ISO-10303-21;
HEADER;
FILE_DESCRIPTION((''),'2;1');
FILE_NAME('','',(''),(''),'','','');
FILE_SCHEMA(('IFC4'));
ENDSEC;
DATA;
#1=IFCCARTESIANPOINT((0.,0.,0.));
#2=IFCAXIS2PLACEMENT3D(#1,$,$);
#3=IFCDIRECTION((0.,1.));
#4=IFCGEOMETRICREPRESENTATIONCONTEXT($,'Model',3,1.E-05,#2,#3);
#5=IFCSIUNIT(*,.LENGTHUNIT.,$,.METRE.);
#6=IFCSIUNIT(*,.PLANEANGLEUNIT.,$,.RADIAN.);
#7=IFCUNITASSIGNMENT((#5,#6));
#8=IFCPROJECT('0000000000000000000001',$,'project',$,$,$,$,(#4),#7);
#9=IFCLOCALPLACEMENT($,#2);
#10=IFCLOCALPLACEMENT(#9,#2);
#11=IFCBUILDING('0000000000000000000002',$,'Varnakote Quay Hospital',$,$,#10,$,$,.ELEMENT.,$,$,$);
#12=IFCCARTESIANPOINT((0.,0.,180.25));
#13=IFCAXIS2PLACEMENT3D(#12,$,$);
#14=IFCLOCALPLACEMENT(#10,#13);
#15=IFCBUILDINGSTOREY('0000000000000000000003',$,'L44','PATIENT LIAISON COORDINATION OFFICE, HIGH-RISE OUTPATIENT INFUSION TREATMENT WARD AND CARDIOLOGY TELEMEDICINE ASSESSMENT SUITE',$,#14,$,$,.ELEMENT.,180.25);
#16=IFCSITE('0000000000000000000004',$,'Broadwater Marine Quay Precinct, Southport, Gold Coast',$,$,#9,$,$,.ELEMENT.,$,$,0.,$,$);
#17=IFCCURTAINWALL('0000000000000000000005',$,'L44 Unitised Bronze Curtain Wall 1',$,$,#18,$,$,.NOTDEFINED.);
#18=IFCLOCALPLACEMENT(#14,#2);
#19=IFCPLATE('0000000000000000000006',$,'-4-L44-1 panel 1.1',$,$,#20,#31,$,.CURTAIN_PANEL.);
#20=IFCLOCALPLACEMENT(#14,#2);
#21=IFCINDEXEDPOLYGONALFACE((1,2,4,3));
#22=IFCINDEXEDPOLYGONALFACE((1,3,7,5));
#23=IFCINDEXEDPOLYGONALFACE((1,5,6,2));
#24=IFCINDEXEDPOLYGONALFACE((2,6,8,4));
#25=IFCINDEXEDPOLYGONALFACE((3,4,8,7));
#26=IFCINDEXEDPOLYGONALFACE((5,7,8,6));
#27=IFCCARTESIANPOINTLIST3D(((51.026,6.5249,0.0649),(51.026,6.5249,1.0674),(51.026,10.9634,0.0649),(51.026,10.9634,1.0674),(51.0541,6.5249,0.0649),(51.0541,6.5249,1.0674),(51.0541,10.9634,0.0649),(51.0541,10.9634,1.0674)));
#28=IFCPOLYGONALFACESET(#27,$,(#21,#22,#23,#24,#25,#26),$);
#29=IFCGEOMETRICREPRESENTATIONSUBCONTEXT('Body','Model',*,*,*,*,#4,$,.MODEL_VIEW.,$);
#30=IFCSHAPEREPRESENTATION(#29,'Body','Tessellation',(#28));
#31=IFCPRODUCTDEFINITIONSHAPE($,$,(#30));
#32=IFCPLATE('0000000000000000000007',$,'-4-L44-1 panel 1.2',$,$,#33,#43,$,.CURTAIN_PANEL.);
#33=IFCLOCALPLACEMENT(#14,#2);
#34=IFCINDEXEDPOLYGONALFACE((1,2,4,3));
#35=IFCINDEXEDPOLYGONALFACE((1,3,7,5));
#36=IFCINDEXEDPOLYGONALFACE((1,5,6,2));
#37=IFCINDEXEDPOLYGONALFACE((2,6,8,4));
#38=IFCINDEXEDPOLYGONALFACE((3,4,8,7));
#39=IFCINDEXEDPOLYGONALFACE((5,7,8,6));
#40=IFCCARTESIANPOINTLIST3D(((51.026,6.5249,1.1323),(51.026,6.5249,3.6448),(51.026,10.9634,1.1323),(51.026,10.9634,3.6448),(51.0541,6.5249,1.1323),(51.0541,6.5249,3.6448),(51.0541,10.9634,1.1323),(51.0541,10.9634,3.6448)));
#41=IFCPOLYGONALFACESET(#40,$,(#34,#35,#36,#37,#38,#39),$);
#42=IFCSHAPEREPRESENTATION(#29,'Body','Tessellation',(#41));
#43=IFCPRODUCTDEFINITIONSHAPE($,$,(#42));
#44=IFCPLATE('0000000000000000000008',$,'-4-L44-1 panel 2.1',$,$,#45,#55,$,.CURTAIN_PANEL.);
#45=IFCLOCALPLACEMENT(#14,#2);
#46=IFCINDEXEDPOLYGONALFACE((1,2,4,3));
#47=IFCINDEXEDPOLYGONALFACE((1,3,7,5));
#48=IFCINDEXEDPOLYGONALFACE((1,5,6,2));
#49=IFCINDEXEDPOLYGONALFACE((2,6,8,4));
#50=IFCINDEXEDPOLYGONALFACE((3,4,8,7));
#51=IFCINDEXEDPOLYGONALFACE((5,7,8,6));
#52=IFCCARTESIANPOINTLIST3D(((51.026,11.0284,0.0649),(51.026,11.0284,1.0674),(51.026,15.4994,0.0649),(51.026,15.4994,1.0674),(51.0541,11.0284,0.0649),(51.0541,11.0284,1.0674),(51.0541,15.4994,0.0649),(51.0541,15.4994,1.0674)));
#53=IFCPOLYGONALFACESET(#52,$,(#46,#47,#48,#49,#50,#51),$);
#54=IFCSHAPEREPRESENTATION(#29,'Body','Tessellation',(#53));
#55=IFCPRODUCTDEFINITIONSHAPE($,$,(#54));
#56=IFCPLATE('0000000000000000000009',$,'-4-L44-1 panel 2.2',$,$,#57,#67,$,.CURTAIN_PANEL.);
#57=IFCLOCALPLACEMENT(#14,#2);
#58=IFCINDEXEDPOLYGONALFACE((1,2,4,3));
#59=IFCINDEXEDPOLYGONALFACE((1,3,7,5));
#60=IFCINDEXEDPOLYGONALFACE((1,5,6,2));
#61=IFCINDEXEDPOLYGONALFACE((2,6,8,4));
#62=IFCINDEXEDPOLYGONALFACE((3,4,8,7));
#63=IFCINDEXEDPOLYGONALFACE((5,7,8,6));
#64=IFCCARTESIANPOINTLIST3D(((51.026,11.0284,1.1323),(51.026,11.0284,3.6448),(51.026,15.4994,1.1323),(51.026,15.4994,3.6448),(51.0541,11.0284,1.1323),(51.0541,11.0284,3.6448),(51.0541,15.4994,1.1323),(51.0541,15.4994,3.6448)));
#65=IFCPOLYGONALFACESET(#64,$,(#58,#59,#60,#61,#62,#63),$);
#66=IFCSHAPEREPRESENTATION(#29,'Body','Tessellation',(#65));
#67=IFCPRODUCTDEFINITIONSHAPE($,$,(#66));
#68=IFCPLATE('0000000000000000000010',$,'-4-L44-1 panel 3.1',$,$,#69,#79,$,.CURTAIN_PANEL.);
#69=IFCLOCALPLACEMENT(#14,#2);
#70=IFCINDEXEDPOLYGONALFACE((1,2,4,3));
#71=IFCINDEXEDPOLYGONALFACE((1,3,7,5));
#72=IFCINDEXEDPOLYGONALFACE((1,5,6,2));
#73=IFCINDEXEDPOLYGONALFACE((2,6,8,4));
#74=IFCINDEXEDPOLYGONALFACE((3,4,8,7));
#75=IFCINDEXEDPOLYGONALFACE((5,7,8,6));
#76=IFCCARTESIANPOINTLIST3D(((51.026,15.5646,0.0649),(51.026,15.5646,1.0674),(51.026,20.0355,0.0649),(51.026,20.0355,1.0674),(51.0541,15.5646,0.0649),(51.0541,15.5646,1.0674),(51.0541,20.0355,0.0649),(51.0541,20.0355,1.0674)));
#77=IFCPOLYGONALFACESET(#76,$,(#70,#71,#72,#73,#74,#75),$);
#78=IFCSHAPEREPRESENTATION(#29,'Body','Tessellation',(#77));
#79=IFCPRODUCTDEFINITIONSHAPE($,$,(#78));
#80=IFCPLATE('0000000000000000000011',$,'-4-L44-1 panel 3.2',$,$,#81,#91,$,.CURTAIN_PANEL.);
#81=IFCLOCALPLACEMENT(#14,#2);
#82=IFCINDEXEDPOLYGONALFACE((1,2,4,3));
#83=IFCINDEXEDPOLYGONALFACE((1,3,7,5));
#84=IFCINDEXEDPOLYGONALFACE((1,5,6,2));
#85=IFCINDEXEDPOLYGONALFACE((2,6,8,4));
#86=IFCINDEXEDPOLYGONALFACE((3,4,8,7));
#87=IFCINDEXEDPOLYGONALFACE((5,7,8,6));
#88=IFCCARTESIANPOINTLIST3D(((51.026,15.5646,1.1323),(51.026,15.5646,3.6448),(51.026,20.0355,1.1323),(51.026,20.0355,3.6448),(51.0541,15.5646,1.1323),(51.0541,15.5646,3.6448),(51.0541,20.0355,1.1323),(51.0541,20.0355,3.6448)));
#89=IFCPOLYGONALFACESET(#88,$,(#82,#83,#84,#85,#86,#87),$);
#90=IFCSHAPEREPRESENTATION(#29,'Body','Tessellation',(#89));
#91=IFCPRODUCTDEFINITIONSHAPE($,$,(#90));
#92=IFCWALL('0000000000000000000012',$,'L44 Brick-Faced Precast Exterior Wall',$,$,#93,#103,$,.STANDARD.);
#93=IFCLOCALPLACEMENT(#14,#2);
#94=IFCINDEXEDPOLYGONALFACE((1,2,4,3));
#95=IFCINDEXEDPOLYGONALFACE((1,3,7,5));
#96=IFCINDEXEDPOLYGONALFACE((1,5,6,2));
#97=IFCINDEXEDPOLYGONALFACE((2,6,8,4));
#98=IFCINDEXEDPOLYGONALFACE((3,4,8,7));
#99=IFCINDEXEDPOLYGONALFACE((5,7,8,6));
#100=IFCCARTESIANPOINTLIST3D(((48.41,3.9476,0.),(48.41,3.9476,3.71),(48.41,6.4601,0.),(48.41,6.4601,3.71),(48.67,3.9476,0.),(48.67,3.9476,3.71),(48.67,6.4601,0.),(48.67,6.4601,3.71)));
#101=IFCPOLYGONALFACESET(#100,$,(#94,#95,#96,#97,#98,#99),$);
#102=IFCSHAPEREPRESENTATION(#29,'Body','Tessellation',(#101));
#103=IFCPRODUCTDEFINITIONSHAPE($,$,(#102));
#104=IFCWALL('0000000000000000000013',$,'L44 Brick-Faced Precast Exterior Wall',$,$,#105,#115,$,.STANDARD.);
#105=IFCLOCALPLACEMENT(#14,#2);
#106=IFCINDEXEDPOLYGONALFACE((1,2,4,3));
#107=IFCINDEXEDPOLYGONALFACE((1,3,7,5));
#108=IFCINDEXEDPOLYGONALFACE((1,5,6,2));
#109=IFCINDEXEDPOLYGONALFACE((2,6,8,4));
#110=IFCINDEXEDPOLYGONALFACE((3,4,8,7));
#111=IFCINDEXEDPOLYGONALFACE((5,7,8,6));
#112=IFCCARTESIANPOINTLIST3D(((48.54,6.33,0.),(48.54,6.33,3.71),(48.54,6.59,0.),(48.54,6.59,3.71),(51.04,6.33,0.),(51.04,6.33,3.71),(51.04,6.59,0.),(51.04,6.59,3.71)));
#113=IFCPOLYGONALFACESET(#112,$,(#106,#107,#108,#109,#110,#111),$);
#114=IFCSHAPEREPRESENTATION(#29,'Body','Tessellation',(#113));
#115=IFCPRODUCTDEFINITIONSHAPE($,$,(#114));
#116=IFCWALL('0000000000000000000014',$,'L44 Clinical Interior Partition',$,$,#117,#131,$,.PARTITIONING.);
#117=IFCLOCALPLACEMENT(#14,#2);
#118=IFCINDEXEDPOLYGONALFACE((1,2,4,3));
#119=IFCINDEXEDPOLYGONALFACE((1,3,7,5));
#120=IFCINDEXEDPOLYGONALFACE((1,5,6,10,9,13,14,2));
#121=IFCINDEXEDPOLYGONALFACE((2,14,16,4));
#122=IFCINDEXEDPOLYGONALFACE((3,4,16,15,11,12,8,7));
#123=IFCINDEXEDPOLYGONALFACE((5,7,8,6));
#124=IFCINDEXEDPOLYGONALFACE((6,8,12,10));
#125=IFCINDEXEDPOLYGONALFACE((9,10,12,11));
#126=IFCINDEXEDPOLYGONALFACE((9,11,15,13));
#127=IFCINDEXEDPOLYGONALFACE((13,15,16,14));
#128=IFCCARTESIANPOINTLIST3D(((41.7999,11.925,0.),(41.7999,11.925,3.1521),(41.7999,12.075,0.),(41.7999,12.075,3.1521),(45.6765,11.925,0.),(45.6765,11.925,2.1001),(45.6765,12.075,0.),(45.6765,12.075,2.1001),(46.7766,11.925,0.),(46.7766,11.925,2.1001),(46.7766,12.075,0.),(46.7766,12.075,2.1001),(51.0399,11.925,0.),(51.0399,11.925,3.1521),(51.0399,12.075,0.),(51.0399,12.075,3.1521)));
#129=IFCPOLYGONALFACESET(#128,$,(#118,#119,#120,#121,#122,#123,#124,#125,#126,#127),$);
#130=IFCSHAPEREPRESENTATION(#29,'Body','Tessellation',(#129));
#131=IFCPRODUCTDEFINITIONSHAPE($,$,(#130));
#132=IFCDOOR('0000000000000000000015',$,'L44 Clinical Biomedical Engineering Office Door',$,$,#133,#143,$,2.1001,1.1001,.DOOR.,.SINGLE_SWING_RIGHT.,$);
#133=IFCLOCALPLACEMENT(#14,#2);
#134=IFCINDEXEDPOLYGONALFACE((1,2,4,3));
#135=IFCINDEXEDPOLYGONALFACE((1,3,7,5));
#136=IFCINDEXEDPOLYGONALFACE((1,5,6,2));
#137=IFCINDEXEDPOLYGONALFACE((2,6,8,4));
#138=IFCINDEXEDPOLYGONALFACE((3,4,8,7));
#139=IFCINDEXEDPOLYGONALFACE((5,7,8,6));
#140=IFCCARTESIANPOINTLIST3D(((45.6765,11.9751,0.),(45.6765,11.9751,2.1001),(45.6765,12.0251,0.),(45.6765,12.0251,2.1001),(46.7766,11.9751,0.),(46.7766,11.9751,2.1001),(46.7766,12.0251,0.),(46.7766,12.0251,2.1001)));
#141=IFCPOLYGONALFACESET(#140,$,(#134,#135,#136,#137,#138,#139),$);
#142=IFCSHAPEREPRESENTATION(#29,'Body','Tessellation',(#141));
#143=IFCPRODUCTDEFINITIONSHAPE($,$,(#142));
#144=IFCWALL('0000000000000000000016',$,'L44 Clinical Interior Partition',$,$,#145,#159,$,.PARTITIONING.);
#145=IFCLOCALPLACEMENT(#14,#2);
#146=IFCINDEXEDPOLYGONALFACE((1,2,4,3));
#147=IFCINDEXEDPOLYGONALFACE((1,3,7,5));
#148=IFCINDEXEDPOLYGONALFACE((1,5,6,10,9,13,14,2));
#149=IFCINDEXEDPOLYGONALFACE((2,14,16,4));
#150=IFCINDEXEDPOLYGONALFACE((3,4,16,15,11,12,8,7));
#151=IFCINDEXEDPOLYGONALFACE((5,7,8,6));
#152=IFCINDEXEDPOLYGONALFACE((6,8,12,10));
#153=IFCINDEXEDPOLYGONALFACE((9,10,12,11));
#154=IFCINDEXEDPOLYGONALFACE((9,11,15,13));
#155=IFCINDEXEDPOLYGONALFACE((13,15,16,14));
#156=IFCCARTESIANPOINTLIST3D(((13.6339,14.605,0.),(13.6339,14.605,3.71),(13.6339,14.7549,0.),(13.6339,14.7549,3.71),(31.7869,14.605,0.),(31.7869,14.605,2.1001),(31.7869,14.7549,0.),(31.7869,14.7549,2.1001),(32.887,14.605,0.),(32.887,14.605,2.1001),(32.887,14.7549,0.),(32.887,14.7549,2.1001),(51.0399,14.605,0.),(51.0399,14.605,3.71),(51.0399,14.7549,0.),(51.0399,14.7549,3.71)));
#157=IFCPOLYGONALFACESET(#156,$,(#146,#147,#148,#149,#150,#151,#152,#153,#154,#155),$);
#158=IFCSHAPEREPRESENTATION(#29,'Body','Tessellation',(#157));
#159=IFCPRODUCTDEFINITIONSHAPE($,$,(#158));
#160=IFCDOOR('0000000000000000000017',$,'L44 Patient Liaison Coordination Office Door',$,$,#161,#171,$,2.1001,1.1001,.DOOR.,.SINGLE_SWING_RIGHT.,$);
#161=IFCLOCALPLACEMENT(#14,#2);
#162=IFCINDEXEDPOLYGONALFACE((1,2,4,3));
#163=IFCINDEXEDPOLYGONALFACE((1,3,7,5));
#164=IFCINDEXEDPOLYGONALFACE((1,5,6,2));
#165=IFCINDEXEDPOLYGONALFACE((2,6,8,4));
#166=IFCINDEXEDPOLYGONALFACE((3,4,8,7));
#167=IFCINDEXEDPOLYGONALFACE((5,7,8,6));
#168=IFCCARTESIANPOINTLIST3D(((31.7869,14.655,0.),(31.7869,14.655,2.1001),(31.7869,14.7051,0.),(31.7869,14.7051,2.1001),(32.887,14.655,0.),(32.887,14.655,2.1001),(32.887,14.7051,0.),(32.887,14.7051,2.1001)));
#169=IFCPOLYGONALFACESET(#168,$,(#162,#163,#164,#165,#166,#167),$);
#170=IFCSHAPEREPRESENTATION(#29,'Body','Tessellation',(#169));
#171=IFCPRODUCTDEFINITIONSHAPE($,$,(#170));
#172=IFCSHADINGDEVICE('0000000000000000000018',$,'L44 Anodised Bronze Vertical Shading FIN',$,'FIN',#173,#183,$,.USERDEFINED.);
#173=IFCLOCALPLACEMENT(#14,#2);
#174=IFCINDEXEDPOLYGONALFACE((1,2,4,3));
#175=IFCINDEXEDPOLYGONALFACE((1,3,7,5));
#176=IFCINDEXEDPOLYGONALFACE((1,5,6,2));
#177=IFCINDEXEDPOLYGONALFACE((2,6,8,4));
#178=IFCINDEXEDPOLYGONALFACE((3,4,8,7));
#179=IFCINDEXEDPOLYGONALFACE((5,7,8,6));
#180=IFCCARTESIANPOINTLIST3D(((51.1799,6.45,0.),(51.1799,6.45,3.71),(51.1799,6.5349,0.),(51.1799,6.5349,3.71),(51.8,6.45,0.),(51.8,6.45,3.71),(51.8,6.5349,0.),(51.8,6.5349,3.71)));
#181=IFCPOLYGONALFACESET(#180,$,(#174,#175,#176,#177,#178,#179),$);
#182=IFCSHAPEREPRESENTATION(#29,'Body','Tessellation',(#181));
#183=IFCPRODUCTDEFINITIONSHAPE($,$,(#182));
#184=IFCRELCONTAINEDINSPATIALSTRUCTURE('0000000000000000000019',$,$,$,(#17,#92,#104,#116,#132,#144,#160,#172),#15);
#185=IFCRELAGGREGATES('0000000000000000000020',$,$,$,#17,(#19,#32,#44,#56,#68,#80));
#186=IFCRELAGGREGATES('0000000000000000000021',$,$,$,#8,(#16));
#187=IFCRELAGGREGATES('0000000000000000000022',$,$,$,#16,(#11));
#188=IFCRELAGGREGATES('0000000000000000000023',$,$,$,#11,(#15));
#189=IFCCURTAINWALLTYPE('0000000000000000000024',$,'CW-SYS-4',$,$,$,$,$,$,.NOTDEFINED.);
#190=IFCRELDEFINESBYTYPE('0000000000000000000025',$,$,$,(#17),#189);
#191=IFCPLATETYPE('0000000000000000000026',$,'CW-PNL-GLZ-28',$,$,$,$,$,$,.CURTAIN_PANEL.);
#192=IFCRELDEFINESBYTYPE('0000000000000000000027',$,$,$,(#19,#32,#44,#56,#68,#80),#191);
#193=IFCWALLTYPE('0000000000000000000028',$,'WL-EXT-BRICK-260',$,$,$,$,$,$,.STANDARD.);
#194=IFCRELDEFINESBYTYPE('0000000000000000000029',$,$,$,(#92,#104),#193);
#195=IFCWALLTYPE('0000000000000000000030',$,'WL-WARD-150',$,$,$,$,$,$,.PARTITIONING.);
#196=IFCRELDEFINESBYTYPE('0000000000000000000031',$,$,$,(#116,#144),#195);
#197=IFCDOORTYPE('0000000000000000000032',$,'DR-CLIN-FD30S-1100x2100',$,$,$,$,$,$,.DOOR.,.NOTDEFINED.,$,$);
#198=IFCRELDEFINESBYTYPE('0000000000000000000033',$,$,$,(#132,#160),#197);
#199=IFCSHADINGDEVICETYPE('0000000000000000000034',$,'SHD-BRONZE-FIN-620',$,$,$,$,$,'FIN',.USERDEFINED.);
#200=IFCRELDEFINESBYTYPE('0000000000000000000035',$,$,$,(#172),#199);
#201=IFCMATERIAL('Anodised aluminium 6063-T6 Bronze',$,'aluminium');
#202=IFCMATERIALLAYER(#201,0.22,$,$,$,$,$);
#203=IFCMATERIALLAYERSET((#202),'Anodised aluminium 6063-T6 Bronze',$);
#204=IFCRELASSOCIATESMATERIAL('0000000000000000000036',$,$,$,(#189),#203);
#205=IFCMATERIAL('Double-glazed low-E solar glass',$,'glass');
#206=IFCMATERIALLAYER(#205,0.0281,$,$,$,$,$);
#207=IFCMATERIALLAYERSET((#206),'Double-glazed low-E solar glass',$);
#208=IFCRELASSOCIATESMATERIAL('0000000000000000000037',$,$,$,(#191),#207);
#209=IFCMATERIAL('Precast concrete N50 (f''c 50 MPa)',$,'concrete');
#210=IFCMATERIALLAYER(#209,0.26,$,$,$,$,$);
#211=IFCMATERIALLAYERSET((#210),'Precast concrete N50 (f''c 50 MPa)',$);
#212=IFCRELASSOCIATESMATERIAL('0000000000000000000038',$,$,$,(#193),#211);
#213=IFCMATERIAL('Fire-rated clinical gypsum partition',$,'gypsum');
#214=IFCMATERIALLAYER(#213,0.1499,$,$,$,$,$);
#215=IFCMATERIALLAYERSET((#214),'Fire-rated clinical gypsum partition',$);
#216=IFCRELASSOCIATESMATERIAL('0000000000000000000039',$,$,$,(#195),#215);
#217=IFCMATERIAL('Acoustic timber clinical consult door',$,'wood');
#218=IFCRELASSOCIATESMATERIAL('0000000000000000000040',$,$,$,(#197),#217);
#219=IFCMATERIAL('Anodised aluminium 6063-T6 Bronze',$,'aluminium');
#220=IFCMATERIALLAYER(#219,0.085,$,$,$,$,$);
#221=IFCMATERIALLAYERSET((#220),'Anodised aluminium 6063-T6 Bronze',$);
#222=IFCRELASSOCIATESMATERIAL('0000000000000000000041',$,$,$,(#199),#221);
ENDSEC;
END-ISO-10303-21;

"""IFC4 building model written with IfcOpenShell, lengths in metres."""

from ifc_helpers import new_model, si_unit, direction, frame, frame_2d, origin, origin_2d, place, context, subcontext, project, spatial, rectangle, extrude, material, layer, layer_set, type_object, element, fill, aggregate, save


model = new_model("IFC4")

# Units and contexts
model_context = context("Model", 3, precision=1e-05, world=origin(), true_north=direction((0.0, 1.0)))
body_context = subcontext(model_context, "Body", "Model", "MODEL_VIEW")
ifc_project = project(units=[si_unit("LENGTHUNIT", "METRE"), si_unit("PLANEANGLEUNIT", "RADIAN")], contexts=[model_context])

# Site, building, storey
site_placement = place(None, origin())
site = spatial("IfcSite", under=ifc_project, at=site_placement, Name="Broadwater Marine Quay Precinct, Southport, Gold Coast", CompositionType="ELEMENT", RefElevation=0.0)
building_placement = place(site_placement, origin())
building = spatial("IfcBuilding", under=site, at=building_placement, Name="Varnakote Quay Hospital", CompositionType="ELEMENT")
storey_placement = place(building_placement, frame((0.0, 0.0, 180.25)))
storey = spatial("IfcBuildingStorey", under=building, at=storey_placement, Name="L44", Description="PATIENT LIAISON COORDINATION OFFICE, HIGH-RISE OUTPATIENT INFUSION TREATMENT WARD AND CARDIOLOGY TELEMEDICINE ASSESSMENT SUITE", CompositionType="ELEMENT", Elevation=180.25)

# Curtain wall
ifc_material_1 = material(Name="Anodised aluminium 6063-T6 Bronze", Category="aluminium")
ifc_layer_1 = layer(ifc_material_1, 0.22)
ifc_layer_set_1 = layer_set([ifc_layer_1], Name="Anodised aluminium 6063-T6 Bronze")
curtain_wall_type = type_object("IfcCurtainWallType", Name="CW-SYS-4", PredefinedType="NOTDEFINED", material=ifc_layer_set_1)
curtain_wall_placement = place(storey_placement, origin())
curtain_wall = element("IfcCurtainWall", 1, at=curtain_wall_placement, inside=storey, type_object=curtain_wall_type, Name="L44 Unitised Bronze Curtain Wall 1", PredefinedType="NOTDEFINED")

# Plates
ifc_material_2 = material(Name="Double-glazed low-E solar glass", Category="glass")
ifc_layer_2 = layer(ifc_material_2, 0.0281)
ifc_layer_set_2 = layer_set([ifc_layer_2], Name="Double-glazed low-E solar glass")
plate_type = type_object("IfcPlateType", Name="CW-PNL-GLZ-28", PredefinedType="CURTAIN_PANEL", material=ifc_layer_set_2)
plate_1_placement = place(storey_placement, frame((51.04, 8.7441, 0.0649), z_axis=(0.0, 0.0, 1.0), x_axis=(0.0, 1.0, 0.0)))
plate_1 = element("IfcPlate", 2, at=plate_1_placement, type_object=plate_type, Name="-4-L44-1 panel 1.1", PredefinedType="CURTAIN_PANEL", context=body_context, shape_type="SweptSolid", body=[
    extrude(rectangle(XDim=4.4385, YDim=0.0281, at=origin_2d()), origin(), (0.0, 0.0, 1.0), 1.0024),
])
plate_2_placement = place(storey_placement, frame((51.04, 8.7441, 1.1323), z_axis=(0.0, 0.0, 1.0), x_axis=(0.0, 1.0, 0.0)))
plate_2 = element("IfcPlate", 3, at=plate_2_placement, type_object=plate_type, Name="-4-L44-1 panel 1.2", PredefinedType="CURTAIN_PANEL", context=body_context, shape_type="SweptSolid", body=[
    extrude(rectangle(XDim=4.4385, YDim=0.0281, at=origin_2d()), origin(), (0.0, 0.0, 1.0), 2.5125),
])
plate_3_placement = place(storey_placement, frame((51.04, 13.2639, 0.0649), z_axis=(0.0, 0.0, 1.0), x_axis=(0.0, 1.0, 0.0)))
plate_3 = element("IfcPlate", 4, at=plate_3_placement, type_object=plate_type, Name="-4-L44-1 panel 2.1", PredefinedType="CURTAIN_PANEL", context=body_context, shape_type="SweptSolid", body=[
    extrude(rectangle(XDim=4.4709, YDim=0.0281, at=origin_2d()), origin(), (0.0, 0.0, 1.0), 1.0024),
])
plate_4_placement = place(storey_placement, frame((51.04, 13.2639, 1.1323), z_axis=(0.0, 0.0, 1.0), x_axis=(0.0, 1.0, 0.0)))
plate_4 = element("IfcPlate", 5, at=plate_4_placement, type_object=plate_type, Name="-4-L44-1 panel 2.2", PredefinedType="CURTAIN_PANEL", context=body_context, shape_type="SweptSolid", body=[
    extrude(rectangle(XDim=4.4709, YDim=0.0281, at=origin_2d()), origin(), (0.0, 0.0, 1.0), 2.5125),
])
plate_5_placement = place(storey_placement, frame((51.04, 17.8, 0.0649), z_axis=(0.0, 0.0, 1.0), x_axis=(0.0, 1.0, 0.0)))
plate_5 = element("IfcPlate", 6, at=plate_5_placement, type_object=plate_type, Name="-4-L44-1 panel 3.1", PredefinedType="CURTAIN_PANEL", context=body_context, shape_type="SweptSolid", body=[
    extrude(rectangle(XDim=4.4709, YDim=0.0281, at=origin_2d()), origin(), (0.0, 0.0, 1.0), 1.0024),
])
plate_6_placement = place(storey_placement, frame((51.04, 17.8, 1.1323), z_axis=(0.0, 0.0, 1.0), x_axis=(0.0, 1.0, 0.0)))
plate_6 = element("IfcPlate", 7, at=plate_6_placement, type_object=plate_type, Name="-4-L44-1 panel 3.2", PredefinedType="CURTAIN_PANEL", context=body_context, shape_type="SweptSolid", body=[
    extrude(rectangle(XDim=4.4709, YDim=0.0281, at=origin_2d()), origin(), (0.0, 0.0, 1.0), 2.5125),
])
aggregate(curtain_wall, [plate_1, plate_2, plate_3, plate_4, plate_5, plate_6])

# Walls
ifc_material_3 = material(Name="Precast concrete N50 (f'c 50 MPa)", Category="concrete")
ifc_layer_3 = layer(ifc_material_3, 0.26)
ifc_layer_set_3 = layer_set([ifc_layer_3], Name="Precast concrete N50 (f'c 50 MPa)")
wall_type_1 = type_object("IfcWallType", Name="WL-EXT-BRICK-260", PredefinedType="STANDARD", material=ifc_layer_set_3)
wall_1_placement = place(storey_placement, frame((48.54, 3.9475, 0.0), z_axis=(0.0, 0.0, 1.0), x_axis=(0.0, 1.0, 0.0)))
element("IfcWall", 8, at=wall_1_placement, inside=storey, type_object=wall_type_1, Name="L44 Brick-Faced Precast Exterior Wall", PredefinedType="STANDARD", context=body_context, shape_type="SweptSolid", body=[
    extrude(rectangle(XDim=2.5125, YDim=0.26, at=frame_2d((1.2563, 0.0))), origin(), (0.0, 0.0, 1.0), 3.71),
])
wall_2_placement = place(storey_placement, frame((48.54, 6.46, 0.0), z_axis=(0.0, 0.0, 1.0), x_axis=(1.0, 0.0, 0.0)))
element("IfcWall", 9, at=wall_2_placement, inside=storey, type_object=wall_type_1, Name="L44 Brick-Faced Precast Exterior Wall", PredefinedType="STANDARD", context=body_context, shape_type="SweptSolid", body=[
    extrude(rectangle(XDim=2.5, YDim=0.26, at=frame_2d((1.25, 0.0))), origin(), (0.0, 0.0, 1.0), 3.71),
])

# Walls, openings, doors
ifc_material_4 = material(Name="Fire-rated clinical gypsum partition", Category="gypsum")
ifc_layer_4 = layer(ifc_material_4, 0.1499)
ifc_layer_set_4 = layer_set([ifc_layer_4], Name="Fire-rated clinical gypsum partition")
wall_type_2 = type_object("IfcWallType", Name="WL-WARD-150", PredefinedType="PARTITIONING", material=ifc_layer_set_4)
wall_3_placement = place(storey_placement, frame((51.04, 12.0, 0.0), z_axis=(0.0, 0.0, 1.0), x_axis=(-1.0, 0.0, 0.0)))
wall_3 = element("IfcWall", 10, at=wall_3_placement, inside=storey, type_object=wall_type_2, Name="L44 Clinical Interior Partition", PredefinedType="PARTITIONING", context=body_context, shape_type="SweptSolid", body=[
    extrude(rectangle(XDim=9.24, YDim=0.1499, at=frame_2d((4.6201, 0.0))), origin(), (0.0, 0.0, 1.0), 3.1521),
])
opening_1_placement = place(wall_3_placement, frame((4.2634, 0.0, 0.0)))
opening_1 = element("IfcOpeningElement", 11, at=opening_1_placement, cuts=wall_3, PredefinedType="OPENING", context=body_context, shape_type="SweptSolid", body=[
    extrude(rectangle(XDim=1.1001, YDim=2.1001, at=frame_2d((0.55, 1.05))), frame((0.0, 0.085, 0.0), z_axis=(0.0, -1.0, 0.0), x_axis=(1.0, 0.0, 0.0)), (0.0, 0.0, 1.0), 0.1699),
])
ifc_material_5 = material(Name="Acoustic timber clinical consult door", Category="wood")
door_type = type_object("IfcDoorType", Name="DR-CLIN-FD30S-1100x2100", OperationType="NOTDEFINED", PredefinedType="DOOR", material=ifc_material_5)
door_1_placement = place(opening_1_placement, origin())
door_1 = element("IfcDoor", 12, at=door_1_placement, inside=storey, type_object=door_type, Name="L44 Clinical Biomedical Engineering Office Door", OperationType="SINGLE_SWING_RIGHT", OverallHeight=2.1001, OverallWidth=1.1001, PredefinedType="DOOR", context=body_context, shape_type="SweptSolid", body=[
    extrude(rectangle(XDim=1.1001, YDim=2.1001, at=frame_2d((0.55, 1.05))), frame((0.0, 0.0249, 0.0), z_axis=(0.0, -1.0, 0.0), x_axis=(1.0, 0.0, 0.0)), (0.0, 0.0, 1.0), 0.05),
])
fill(opening_1, door_1)
wall_4_placement = place(storey_placement, frame((51.04, 14.6799, 0.0), z_axis=(0.0, 0.0, 1.0), x_axis=(-1.0, 0.0, 0.0)))
wall_4 = element("IfcWall", 13, at=wall_4_placement, inside=storey, type_object=wall_type_2, Name="L44 Clinical Interior Partition", PredefinedType="PARTITIONING", context=body_context, shape_type="SweptSolid", body=[
    extrude(rectangle(XDim=37.406, YDim=0.1499, at=frame_2d((18.7031, 0.0))), origin(), (0.0, 0.0, 1.0), 3.71),
])
opening_2_placement = place(wall_4_placement, frame((18.1531, 0.0, 0.0)))
opening_2 = element("IfcOpeningElement", 14, at=opening_2_placement, cuts=wall_4, PredefinedType="OPENING", context=body_context, shape_type="SweptSolid", body=[
    extrude(rectangle(XDim=1.1001, YDim=2.1001, at=frame_2d((0.55, 1.05))), frame((0.0, 0.085, 0.0), z_axis=(0.0, -1.0, 0.0), x_axis=(1.0, 0.0, 0.0)), (0.0, 0.0, 1.0), 0.1699),
])
door_2_placement = place(opening_2_placement, origin())
door_2 = element("IfcDoor", 15, at=door_2_placement, inside=storey, type_object=door_type, Name="L44 Patient Liaison Coordination Office Door", OperationType="SINGLE_SWING_RIGHT", OverallHeight=2.1001, OverallWidth=1.1001, PredefinedType="DOOR", context=body_context, shape_type="SweptSolid", body=[
    extrude(rectangle(XDim=1.1001, YDim=2.1001, at=frame_2d((0.55, 1.05))), frame((0.0, 0.0249, 0.0), z_axis=(0.0, -1.0, 0.0), x_axis=(1.0, 0.0, 0.0)), (0.0, 0.0, 1.0), 0.05),
])
fill(opening_2, door_2)

# Shading device
ifc_material_6 = material(Name="Anodised aluminium 6063-T6 Bronze", Category="aluminium")
ifc_layer_5 = layer(ifc_material_6, 0.085)
ifc_layer_set_5 = layer_set([ifc_layer_5], Name="Anodised aluminium 6063-T6 Bronze")
shading_device_type = type_object("IfcShadingDeviceType", Name="SHD-BRONZE-FIN-620", ElementType="FIN", PredefinedType="USERDEFINED", material=ifc_layer_set_5)
for number, where, z_axis, x_axis, name in (
    (16, (51.49, 6.4924, 0.0), (0.0, 0.0, 1.0), (-1.0, 0.0, 0.0), "L44 Anodised Bronze Vertical Shading FIN"),
):
    element("IfcShadingDevice", number, at=place(storey_placement, frame(where, z_axis=z_axis, x_axis=x_axis)), inside=storey, type_object=shading_device_type, Name=name, ObjectType="FIN", PredefinedType="USERDEFINED", context=body_context, shape_type="SweptSolid", body=[
        extrude(rectangle(XDim=0.6201, YDim=0.085, at=origin_2d()), origin(), (0.0, 0.0, 1.0), 3.71),
    ])

save(model, "model.ifc")
